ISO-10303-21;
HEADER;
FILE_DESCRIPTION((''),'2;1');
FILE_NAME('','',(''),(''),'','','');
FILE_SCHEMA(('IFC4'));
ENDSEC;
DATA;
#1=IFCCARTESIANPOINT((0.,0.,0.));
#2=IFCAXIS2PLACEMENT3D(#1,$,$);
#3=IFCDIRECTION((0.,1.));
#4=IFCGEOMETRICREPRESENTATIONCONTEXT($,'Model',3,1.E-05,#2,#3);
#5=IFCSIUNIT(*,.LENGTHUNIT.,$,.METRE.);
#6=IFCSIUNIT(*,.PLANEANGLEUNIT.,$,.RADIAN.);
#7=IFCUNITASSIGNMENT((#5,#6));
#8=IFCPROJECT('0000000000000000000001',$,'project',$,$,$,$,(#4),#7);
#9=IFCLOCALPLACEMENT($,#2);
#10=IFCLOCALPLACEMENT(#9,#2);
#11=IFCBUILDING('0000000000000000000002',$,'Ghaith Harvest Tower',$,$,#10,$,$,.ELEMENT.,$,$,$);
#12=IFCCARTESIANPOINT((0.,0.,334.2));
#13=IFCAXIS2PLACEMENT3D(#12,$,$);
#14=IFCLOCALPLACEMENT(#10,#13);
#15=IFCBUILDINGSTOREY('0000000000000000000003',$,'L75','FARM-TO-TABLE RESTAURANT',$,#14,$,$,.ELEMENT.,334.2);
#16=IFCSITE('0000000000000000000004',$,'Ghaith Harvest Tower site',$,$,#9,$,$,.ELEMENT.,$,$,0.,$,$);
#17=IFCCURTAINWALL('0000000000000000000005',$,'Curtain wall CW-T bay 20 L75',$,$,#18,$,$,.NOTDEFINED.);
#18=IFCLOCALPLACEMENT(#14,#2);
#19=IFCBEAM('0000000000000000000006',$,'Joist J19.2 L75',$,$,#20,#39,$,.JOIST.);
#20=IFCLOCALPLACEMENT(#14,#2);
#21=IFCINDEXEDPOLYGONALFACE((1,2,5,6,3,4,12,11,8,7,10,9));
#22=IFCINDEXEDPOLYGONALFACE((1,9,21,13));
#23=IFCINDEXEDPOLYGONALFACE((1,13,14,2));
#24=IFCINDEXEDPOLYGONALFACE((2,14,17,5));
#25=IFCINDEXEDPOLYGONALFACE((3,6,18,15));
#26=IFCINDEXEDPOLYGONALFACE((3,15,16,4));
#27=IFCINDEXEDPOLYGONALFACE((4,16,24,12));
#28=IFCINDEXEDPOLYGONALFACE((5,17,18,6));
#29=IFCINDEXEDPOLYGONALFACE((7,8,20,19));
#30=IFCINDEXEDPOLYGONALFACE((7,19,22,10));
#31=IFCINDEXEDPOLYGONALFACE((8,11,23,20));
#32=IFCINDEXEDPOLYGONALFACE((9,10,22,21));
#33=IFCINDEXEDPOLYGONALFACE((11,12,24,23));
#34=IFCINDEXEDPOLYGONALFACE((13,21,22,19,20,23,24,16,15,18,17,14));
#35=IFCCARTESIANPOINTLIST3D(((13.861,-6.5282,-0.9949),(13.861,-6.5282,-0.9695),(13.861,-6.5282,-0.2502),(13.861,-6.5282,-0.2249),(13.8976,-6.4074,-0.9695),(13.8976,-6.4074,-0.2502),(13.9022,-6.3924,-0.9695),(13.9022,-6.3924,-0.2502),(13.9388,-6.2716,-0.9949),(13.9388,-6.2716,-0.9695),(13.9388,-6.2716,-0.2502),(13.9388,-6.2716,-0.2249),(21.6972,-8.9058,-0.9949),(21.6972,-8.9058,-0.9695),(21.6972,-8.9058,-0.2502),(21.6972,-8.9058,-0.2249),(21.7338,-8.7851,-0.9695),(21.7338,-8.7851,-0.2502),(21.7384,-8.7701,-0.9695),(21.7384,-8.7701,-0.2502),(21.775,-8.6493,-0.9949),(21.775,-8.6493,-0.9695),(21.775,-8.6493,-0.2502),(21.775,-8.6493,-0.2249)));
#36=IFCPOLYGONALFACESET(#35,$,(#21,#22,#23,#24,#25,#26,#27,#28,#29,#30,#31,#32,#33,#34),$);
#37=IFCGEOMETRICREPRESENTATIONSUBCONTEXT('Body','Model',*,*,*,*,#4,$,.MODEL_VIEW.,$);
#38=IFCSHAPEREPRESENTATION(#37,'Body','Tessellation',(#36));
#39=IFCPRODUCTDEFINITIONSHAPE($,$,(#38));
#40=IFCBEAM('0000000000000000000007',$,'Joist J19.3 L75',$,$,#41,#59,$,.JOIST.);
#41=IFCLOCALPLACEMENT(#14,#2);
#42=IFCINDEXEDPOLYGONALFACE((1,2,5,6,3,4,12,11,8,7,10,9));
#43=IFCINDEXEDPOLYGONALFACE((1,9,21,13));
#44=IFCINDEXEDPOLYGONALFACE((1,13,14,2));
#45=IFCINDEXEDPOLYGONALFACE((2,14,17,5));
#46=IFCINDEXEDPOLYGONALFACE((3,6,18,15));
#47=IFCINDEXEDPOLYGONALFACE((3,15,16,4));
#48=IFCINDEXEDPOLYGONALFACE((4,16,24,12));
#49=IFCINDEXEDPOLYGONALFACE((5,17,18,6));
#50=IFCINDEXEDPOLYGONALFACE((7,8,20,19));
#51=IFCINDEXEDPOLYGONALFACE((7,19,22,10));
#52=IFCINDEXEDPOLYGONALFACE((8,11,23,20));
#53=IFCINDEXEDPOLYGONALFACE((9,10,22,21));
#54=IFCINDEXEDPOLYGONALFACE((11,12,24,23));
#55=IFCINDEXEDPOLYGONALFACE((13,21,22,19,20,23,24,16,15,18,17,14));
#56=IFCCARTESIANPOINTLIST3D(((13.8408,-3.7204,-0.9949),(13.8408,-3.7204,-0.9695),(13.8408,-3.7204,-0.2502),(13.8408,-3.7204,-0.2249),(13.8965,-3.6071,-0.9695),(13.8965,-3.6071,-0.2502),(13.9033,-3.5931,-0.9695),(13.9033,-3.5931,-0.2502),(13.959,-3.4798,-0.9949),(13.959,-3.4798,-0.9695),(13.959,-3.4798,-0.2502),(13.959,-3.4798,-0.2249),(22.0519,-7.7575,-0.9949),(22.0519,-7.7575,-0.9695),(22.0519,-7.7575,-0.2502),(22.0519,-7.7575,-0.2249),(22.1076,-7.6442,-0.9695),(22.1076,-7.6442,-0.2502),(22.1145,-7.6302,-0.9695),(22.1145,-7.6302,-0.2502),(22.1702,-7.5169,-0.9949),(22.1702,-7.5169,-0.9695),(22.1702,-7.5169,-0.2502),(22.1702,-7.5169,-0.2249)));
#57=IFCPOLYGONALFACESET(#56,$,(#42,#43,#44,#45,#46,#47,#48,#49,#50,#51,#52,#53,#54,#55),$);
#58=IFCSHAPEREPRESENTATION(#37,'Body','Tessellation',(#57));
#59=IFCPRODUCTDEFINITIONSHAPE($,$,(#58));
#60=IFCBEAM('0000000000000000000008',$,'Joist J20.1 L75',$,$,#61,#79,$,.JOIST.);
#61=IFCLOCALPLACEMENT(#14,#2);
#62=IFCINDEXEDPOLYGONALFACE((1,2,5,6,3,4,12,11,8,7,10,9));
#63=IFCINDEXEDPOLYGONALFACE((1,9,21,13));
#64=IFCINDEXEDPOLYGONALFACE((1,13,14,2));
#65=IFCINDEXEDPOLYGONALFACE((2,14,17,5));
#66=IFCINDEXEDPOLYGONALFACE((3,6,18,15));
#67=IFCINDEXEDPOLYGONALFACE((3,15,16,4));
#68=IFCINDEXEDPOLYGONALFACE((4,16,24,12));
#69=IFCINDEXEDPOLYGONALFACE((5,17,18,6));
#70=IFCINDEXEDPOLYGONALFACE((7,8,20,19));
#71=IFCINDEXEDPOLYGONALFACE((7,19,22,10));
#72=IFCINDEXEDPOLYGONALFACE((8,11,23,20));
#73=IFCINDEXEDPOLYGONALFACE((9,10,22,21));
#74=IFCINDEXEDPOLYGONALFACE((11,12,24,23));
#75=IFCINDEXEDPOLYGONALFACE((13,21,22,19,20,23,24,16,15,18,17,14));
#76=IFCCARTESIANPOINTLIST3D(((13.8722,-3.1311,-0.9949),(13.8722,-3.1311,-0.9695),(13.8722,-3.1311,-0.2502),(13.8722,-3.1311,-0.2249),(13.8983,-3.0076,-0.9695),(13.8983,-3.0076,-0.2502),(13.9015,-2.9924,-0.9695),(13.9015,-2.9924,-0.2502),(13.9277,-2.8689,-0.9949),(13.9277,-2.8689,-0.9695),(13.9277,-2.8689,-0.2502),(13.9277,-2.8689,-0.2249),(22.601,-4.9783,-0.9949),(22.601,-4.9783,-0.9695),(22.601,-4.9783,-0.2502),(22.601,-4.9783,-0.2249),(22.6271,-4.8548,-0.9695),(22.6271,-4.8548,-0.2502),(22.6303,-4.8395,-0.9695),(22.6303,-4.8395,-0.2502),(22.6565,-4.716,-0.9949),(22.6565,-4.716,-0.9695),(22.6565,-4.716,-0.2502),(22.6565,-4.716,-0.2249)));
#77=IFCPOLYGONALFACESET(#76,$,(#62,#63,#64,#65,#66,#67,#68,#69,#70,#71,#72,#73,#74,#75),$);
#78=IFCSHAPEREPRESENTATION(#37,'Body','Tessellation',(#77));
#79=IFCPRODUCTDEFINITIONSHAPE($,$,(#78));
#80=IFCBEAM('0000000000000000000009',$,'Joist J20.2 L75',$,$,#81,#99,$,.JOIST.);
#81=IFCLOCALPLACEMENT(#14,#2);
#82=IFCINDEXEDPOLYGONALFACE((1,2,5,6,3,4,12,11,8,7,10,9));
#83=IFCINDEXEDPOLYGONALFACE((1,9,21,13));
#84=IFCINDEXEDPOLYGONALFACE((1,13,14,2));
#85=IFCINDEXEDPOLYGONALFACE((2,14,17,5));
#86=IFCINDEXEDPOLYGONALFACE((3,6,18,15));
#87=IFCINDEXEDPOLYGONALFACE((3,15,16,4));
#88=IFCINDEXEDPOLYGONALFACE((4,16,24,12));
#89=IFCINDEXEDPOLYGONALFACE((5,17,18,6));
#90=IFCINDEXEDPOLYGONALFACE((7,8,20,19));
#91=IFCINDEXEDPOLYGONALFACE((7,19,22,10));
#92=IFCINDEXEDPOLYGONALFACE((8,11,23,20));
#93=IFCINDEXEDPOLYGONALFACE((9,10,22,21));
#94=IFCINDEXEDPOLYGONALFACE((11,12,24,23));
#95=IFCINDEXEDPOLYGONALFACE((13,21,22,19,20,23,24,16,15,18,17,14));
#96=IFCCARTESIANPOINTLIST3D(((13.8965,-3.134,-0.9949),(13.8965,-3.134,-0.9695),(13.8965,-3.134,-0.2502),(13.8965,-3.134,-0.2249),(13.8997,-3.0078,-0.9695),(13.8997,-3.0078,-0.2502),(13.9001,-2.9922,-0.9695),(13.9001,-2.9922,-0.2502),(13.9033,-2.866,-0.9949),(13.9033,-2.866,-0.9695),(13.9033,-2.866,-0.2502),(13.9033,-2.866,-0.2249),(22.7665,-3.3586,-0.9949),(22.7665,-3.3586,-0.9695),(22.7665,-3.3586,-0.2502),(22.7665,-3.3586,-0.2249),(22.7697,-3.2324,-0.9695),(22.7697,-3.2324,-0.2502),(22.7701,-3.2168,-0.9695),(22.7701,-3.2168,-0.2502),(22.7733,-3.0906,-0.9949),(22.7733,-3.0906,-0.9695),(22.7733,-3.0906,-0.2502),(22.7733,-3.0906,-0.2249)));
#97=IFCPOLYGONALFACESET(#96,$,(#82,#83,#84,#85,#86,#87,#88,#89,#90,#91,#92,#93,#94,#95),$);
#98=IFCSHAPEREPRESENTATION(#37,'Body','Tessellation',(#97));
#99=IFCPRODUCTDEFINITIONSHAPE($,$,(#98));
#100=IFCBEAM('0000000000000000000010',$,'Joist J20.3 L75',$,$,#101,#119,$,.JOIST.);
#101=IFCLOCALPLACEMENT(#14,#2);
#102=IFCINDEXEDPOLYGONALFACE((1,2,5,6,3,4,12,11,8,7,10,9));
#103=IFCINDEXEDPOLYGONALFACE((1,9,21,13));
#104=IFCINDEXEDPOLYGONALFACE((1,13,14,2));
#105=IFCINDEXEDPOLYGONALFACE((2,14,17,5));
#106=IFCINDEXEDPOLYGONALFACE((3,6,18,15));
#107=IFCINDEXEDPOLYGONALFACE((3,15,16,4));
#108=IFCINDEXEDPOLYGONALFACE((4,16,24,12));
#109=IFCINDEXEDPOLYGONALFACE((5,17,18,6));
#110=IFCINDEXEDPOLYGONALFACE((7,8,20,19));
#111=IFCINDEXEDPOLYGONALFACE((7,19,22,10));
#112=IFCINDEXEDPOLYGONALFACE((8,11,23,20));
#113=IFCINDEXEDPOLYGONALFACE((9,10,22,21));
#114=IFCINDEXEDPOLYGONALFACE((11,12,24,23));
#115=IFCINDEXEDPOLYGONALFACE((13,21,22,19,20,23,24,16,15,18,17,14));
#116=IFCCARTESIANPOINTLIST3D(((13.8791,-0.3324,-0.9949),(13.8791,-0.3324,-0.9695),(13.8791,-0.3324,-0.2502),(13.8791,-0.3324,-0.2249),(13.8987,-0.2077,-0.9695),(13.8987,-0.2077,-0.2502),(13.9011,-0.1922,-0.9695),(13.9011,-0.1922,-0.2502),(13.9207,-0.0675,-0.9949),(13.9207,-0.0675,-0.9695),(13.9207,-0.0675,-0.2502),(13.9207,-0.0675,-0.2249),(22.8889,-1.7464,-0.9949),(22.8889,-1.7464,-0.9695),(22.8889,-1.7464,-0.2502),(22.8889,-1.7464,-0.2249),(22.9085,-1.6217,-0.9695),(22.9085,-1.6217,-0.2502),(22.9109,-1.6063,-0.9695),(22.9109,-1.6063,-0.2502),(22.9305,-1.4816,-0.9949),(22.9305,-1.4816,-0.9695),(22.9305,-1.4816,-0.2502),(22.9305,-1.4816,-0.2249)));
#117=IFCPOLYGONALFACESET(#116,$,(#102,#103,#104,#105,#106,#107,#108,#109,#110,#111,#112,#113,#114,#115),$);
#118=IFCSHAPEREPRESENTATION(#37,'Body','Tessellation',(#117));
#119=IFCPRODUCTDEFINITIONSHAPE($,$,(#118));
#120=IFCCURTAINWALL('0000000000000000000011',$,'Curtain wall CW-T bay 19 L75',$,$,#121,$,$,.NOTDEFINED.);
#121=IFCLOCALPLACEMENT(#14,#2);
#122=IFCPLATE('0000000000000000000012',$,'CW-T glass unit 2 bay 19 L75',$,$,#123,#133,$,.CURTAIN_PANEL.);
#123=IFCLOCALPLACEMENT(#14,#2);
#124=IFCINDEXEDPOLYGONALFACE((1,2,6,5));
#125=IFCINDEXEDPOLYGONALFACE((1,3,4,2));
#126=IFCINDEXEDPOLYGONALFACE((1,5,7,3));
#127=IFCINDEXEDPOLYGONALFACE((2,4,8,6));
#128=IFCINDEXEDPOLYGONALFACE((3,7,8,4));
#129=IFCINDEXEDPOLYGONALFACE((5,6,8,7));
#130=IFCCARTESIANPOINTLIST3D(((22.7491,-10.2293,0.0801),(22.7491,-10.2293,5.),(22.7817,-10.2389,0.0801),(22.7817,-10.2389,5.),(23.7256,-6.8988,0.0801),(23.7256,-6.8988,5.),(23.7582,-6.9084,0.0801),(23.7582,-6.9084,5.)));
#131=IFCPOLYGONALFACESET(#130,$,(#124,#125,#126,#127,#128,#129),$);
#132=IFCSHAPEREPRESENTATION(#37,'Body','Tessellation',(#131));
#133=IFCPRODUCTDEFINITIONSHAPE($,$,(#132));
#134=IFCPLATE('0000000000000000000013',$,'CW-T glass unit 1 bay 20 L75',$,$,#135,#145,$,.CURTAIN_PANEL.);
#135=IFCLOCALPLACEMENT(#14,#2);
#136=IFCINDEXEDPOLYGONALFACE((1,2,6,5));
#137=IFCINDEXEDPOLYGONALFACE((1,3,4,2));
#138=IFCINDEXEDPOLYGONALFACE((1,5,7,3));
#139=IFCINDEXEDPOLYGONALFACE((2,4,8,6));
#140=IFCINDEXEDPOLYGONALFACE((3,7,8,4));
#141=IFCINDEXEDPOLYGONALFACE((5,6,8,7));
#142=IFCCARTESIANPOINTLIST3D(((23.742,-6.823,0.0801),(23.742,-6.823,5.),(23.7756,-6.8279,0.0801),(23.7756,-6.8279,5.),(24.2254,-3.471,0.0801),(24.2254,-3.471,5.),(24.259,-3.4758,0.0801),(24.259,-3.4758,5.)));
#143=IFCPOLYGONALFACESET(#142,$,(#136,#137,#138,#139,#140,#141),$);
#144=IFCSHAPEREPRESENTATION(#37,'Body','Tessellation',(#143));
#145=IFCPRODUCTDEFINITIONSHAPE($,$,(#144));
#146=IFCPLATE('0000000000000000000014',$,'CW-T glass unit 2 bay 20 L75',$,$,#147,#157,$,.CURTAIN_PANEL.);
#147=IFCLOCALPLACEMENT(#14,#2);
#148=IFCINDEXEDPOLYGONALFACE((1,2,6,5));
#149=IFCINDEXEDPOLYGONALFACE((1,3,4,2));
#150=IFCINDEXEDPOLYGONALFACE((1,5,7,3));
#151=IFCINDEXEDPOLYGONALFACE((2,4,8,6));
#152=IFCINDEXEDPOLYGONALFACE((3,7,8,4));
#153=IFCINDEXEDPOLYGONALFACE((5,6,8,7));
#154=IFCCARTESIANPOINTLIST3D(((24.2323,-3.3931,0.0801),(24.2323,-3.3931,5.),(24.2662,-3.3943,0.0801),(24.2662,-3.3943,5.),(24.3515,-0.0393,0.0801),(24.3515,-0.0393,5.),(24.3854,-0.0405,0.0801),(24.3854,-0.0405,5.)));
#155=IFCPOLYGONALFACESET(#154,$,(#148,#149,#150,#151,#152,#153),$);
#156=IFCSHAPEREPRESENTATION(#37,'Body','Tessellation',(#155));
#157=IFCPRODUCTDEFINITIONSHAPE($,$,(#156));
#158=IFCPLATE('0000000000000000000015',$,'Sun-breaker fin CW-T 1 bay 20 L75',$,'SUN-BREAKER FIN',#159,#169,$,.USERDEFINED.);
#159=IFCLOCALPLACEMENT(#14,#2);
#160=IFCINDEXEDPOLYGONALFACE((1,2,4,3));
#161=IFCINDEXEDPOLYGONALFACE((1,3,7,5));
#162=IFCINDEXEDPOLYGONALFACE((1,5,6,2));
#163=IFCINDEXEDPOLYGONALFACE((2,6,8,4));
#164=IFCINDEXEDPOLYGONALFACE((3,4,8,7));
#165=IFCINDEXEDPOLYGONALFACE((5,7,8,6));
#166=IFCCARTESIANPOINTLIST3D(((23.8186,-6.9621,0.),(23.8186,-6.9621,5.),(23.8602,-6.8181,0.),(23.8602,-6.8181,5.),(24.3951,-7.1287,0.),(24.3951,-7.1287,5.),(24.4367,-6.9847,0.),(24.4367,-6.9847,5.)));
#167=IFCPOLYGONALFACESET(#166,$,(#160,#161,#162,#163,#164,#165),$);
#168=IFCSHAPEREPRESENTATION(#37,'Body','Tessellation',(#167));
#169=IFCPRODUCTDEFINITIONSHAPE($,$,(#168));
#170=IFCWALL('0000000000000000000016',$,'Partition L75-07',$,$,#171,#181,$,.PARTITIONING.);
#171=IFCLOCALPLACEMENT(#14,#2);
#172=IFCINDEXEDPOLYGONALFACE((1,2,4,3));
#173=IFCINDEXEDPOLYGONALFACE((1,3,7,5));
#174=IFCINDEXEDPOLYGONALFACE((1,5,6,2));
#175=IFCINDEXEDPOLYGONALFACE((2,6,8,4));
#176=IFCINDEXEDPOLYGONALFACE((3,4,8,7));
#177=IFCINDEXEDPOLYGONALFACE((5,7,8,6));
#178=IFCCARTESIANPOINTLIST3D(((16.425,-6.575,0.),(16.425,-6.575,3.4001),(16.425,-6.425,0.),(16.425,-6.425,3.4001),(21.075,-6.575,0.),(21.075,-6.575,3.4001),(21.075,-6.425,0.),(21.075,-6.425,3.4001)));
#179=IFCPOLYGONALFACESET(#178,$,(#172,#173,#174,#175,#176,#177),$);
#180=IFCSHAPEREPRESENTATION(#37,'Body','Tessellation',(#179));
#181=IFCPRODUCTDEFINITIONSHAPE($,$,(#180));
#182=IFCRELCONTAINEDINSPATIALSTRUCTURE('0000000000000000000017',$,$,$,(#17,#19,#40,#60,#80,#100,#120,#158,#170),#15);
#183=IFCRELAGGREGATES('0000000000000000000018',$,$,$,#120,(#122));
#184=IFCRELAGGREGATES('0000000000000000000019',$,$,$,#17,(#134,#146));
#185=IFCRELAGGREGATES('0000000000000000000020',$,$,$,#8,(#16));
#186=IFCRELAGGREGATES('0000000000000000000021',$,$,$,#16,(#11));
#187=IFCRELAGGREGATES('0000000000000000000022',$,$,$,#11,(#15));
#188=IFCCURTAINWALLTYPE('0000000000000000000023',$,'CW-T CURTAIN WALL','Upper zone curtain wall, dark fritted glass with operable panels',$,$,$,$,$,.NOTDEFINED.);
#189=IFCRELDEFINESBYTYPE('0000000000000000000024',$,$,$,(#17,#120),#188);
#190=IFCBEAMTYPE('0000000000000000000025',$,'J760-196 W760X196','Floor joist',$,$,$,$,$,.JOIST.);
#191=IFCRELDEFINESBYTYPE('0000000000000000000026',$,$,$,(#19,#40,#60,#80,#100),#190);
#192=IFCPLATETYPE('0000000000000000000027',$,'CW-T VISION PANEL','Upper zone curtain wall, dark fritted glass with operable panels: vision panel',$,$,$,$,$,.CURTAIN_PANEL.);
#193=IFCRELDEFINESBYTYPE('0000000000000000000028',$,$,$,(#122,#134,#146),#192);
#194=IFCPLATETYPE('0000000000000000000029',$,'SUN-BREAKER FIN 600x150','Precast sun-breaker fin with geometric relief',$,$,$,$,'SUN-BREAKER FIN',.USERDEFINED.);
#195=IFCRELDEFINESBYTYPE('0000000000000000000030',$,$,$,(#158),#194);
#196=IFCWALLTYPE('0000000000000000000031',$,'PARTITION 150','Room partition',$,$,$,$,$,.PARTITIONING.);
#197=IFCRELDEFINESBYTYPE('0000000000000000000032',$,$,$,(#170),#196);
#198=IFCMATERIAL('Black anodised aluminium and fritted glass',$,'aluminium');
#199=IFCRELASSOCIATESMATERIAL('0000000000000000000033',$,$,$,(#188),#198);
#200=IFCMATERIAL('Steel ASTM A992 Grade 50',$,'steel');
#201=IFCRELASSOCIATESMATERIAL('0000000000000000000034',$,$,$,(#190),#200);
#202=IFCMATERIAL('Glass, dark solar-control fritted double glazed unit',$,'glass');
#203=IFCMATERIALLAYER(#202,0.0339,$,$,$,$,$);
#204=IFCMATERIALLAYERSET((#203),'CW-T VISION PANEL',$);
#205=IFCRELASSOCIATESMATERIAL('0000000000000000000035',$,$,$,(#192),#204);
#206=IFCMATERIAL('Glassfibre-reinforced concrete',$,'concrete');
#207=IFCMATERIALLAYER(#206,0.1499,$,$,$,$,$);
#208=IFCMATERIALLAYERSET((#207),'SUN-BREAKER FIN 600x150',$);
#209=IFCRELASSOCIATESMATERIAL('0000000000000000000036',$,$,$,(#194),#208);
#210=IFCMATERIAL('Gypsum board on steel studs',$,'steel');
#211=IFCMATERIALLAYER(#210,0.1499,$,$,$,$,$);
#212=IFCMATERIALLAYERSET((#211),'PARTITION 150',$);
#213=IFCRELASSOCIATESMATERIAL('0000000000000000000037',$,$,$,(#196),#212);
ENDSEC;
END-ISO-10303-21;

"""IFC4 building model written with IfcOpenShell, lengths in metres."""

from ifc_helpers import new_model, si_unit, direction, frame, frame_2d, origin, origin_2d, place, context, subcontext, project, spatial, rectangle, i_section, extrude, material, layer, layer_set, material_profile, profile_set, type_object, element, aggregate, save


model = new_model("IFC4")

# Units and contexts
model_context = context("Model", 3, precision=1e-05, world=origin(), true_north=direction((0.0, 1.0)))
body_context = subcontext(model_context, "Body", "Model", "MODEL_VIEW")
ifc_project = project(units=[si_unit("LENGTHUNIT", "METRE"), si_unit("PLANEANGLEUNIT", "RADIAN")], contexts=[model_context])

# Site, building, storey
site_placement = place(None, origin())
site = spatial("IfcSite", under=ifc_project, at=site_placement, Name="Ghaith Harvest Tower site", CompositionType="ELEMENT", RefElevation=0.0)
building_placement = place(site_placement, origin())
building = spatial("IfcBuilding", under=site, at=building_placement, Name="Ghaith Harvest Tower", CompositionType="ELEMENT")
storey_placement = place(building_placement, frame((0.0, 0.0, 334.2)))
storey = spatial("IfcBuildingStorey", under=building, at=storey_placement, Name="L75", Description="FARM-TO-TABLE RESTAURANT", CompositionType="ELEMENT", Elevation=334.2)

# Curtain wall
ifc_material_1 = material(Name="Black anodised aluminium and fritted glass", Category="aluminium")
curtain_wall_type = type_object("IfcCurtainWallType", Name="CW-T CURTAIN WALL", Description="Upper zone curtain wall, dark fritted glass with operable panels", PredefinedType="NOTDEFINED", material=ifc_material_1)
curtain_wall_1_placement = place(storey_placement, origin())
curtain_wall_1 = element("IfcCurtainWall", 1, at=curtain_wall_1_placement, inside=storey, type_object=curtain_wall_type, Name="Curtain wall CW-T bay 20 L75", PredefinedType="NOTDEFINED")

# Beams
ifc_material_2 = material(Name="Steel ASTM A992 Grade 50", Category="steel")
ifc_material_profile_1 = material_profile(ifc_material_2, i_section(OverallWidth=0.2681, OverallDepth=0.77, WebThickness=0.0156, FlangeThickness=0.0254, at=origin_2d()), Name="W760X196")
ifc_profile_set_1 = profile_set([ifc_material_profile_1], Name="Steel ASTM A992 Grade 50")
beam_type_1 = type_object("IfcBeamType", Name="J760-196 W760X196", Description="Floor joist", PredefinedType="JOIST", material=ifc_profile_set_1)
beam_1_placement = place(storey_placement, frame((13.8999, -6.3999, -0.6099), z_axis=(0.95692, -0.290352, 0.0), x_axis=(0.290352, 0.95692, 0.0)))
element("IfcBeam", 2, at=beam_1_placement, inside=storey, type_object=beam_type_1, Name="Joist J19.2 L75", PredefinedType="JOIST", context=body_context, shape_type="SweptSolid", body=[
    extrude(i_section(OverallWidth=0.2681, OverallDepth=0.77, WebThickness=0.0156, FlangeThickness=0.0254, at=origin_2d()), origin(), (0.0, 0.0, 1.0), 8.189),
])
beam_2_placement = place(storey_placement, frame((13.8999, -3.6001, -0.6099), z_axis=(0.897401, -0.441216, 0.0), x_axis=(0.441216, 0.897401, 0.0)))
element("IfcBeam", 3, at=beam_2_placement, inside=storey, type_object=beam_type_1, Name="Joist J19.3 L75", PredefinedType="JOIST", context=body_context, shape_type="SweptSolid", body=[
    extrude(i_section(OverallWidth=0.2681, OverallDepth=0.77, WebThickness=0.0156, FlangeThickness=0.0254, at=origin_2d()), origin(), (0.0, 0.0, 1.0), 9.1499),
])
beam_3_placement = place(storey_placement, frame((13.8999, -3.0, -0.6099), z_axis=(0.978334, -0.207034, 0.0), x_axis=(0.207034, 0.978334, 0.0)))
element("IfcBeam", 4, at=beam_3_placement, inside=storey, type_object=beam_type_1, Name="Joist J20.1 L75", PredefinedType="JOIST", context=body_context, shape_type="SweptSolid", body=[
    extrude(i_section(OverallWidth=0.2681, OverallDepth=0.77, WebThickness=0.0156, FlangeThickness=0.0254, at=origin_2d()), origin(), (0.0, 0.0, 1.0), 8.9221),
])
beam_4_placement = place(storey_placement, frame((13.8999, -3.0, -0.6099), z_axis=(0.99968, -0.025315, 0.0), x_axis=(0.025315, 0.99968, 0.0)))
element("IfcBeam", 5, at=beam_4_placement, inside=storey, type_object=beam_type_1, Name="Joist J20.2 L75", PredefinedType="JOIST", context=body_context, shape_type="SweptSolid", body=[
    extrude(i_section(OverallWidth=0.2681, OverallDepth=0.77, WebThickness=0.0156, FlangeThickness=0.0254, at=origin_2d()), origin(), (0.0, 0.0, 1.0), 8.8728),
])
beam_5_placement = place(storey_placement, frame((13.8999, -0.2, -0.6099), z_axis=(0.987907, -0.15505, 0.0), x_axis=(0.15505, 0.987907, 0.0)))
element("IfcBeam", 6, at=beam_5_placement, inside=storey, type_object=beam_type_1, Name="Joist J20.3 L75", PredefinedType="JOIST", context=body_context, shape_type="SweptSolid", body=[
    extrude(i_section(OverallWidth=0.2681, OverallDepth=0.77, WebThickness=0.0156, FlangeThickness=0.0254, at=origin_2d()), origin(), (0.0, 0.0, 1.0), 9.1201),
])

# Curtain wall, plate
curtain_wall_2_placement = place(storey_placement, origin())
curtain_wall_2 = element("IfcCurtainWall", 7, at=curtain_wall_2_placement, inside=storey, type_object=curtain_wall_type, Name="Curtain wall CW-T bay 19 L75", PredefinedType="NOTDEFINED")
ifc_material_3 = material(Name="Glass, dark solar-control fritted double glazed unit", Category="glass")
ifc_layer_1 = layer(ifc_material_3, 0.0339)
ifc_layer_set_1 = layer_set([ifc_layer_1], Name="CW-T VISION PANEL")
plate_type_1 = type_object("IfcPlateType", Name="CW-T VISION PANEL", Description="Upper zone curtain wall, dark fritted glass with operable panels: vision panel", PredefinedType="CURTAIN_PANEL", material=ifc_layer_set_1)
plate_1_placement = place(storey_placement, frame((23.2537, -8.5688, 0.0801), z_axis=(0.0, 0.0, 1.0), x_axis=(0.281345, 0.959607, 0.0)))
plate_1 = element("IfcPlate", 8, at=plate_1_placement, type_object=plate_type_1, Name="CW-T glass unit 2 bay 19 L75", PredefinedType="CURTAIN_PANEL", context=body_context, shape_type="SweptSolid", body=[
    extrude(rectangle(XDim=3.4707, YDim=0.0339, at=origin_2d()), origin(), (0.0, 0.0, 1.0), 4.9199),
])
aggregate(curtain_wall_2, [plate_1])

# Plates
plate_2_placement = place(storey_placement, frame((24.0005, -5.1494, 0.0801), z_axis=(0.0, 0.0, 1.0), x_axis=(0.14273, 0.989762, 0.0)))
plate_2 = element("IfcPlate", 9, at=plate_2_placement, type_object=plate_type_1, Name="CW-T glass unit 1 bay 20 L75", PredefinedType="CURTAIN_PANEL", context=body_context, shape_type="SweptSolid", body=[
    extrude(rectangle(XDim=3.3867, YDim=0.0339, at=origin_2d()), origin(), (0.0, 0.0, 1.0), 4.9199),
])
plate_3_placement = place(storey_placement, frame((24.3088, -1.7168, 0.0801), z_axis=(0.0, 0.0, 1.0), x_axis=(0.035536, 0.999368, 0.0)))
plate_3 = element("IfcPlate", 10, at=plate_3_placement, type_object=plate_type_1, Name="CW-T glass unit 2 bay 20 L75", PredefinedType="CURTAIN_PANEL", context=body_context, shape_type="SweptSolid", body=[
    extrude(rectangle(XDim=3.356, YDim=0.0339, at=origin_2d()), origin(), (0.0, 0.0, 1.0), 4.9199),
])
aggregate(curtain_wall_1, [plate_2, plate_3])
ifc_material_4 = material(Name="Glassfibre-reinforced concrete", Category="concrete")
ifc_layer_2 = layer(ifc_material_4, 0.1499)
ifc_layer_set_2 = layer_set([ifc_layer_2], Name="SUN-BREAKER FIN 600x150")
plate_type_2 = type_object("IfcPlateType", Name="SUN-BREAKER FIN 600x150", Description="Precast sun-breaker fin with geometric relief", ElementType="SUN-BREAKER FIN", PredefinedType="USERDEFINED", material=ifc_layer_set_2)
plate_4_placement = place(storey_placement, frame((24.1277, -6.9734, 0.0), z_axis=(0.0, 0.0, 1.0), x_axis=(0.96068, -0.277657, 0.0)))
element("IfcPlate", 11, at=plate_4_placement, inside=storey, type_object=plate_type_2, Name="Sun-breaker fin CW-T 1 bay 20 L75", ObjectType="SUN-BREAKER FIN", PredefinedType="USERDEFINED", context=body_context, shape_type="SweptSolid", body=[
    extrude(rectangle(XDim=0.6001, YDim=0.1499, at=origin_2d()), origin(), (0.0, 0.0, 1.0), 5.0),
])

# Wall
ifc_material_5 = material(Name="Gypsum board on steel studs", Category="steel")
ifc_layer_3 = layer(ifc_material_5, 0.1499)
ifc_layer_set_3 = layer_set([ifc_layer_3], Name="PARTITION 150")
wall_type_1 = type_object("IfcWallType", Name="PARTITION 150", Description="Room partition", PredefinedType="PARTITIONING", material=ifc_layer_set_3)
wall_1_placement = place(storey_placement, frame((16.425, -6.5, 0.0), z_axis=(0.0, 0.0, 1.0), x_axis=(1.0, 0.0, 0.0)))
element("IfcWall", 12, at=wall_1_placement, inside=storey, type_object=wall_type_1, Name="Partition L75-07", PredefinedType="PARTITIONING", context=body_context, shape_type="SweptSolid", body=[
    extrude(rectangle(XDim=4.6499, YDim=0.1499, at=frame_2d((2.325, 0.0))), origin(), (0.0, 0.0, 1.0), 3.4001),
])

save(model, "model.ifc")
